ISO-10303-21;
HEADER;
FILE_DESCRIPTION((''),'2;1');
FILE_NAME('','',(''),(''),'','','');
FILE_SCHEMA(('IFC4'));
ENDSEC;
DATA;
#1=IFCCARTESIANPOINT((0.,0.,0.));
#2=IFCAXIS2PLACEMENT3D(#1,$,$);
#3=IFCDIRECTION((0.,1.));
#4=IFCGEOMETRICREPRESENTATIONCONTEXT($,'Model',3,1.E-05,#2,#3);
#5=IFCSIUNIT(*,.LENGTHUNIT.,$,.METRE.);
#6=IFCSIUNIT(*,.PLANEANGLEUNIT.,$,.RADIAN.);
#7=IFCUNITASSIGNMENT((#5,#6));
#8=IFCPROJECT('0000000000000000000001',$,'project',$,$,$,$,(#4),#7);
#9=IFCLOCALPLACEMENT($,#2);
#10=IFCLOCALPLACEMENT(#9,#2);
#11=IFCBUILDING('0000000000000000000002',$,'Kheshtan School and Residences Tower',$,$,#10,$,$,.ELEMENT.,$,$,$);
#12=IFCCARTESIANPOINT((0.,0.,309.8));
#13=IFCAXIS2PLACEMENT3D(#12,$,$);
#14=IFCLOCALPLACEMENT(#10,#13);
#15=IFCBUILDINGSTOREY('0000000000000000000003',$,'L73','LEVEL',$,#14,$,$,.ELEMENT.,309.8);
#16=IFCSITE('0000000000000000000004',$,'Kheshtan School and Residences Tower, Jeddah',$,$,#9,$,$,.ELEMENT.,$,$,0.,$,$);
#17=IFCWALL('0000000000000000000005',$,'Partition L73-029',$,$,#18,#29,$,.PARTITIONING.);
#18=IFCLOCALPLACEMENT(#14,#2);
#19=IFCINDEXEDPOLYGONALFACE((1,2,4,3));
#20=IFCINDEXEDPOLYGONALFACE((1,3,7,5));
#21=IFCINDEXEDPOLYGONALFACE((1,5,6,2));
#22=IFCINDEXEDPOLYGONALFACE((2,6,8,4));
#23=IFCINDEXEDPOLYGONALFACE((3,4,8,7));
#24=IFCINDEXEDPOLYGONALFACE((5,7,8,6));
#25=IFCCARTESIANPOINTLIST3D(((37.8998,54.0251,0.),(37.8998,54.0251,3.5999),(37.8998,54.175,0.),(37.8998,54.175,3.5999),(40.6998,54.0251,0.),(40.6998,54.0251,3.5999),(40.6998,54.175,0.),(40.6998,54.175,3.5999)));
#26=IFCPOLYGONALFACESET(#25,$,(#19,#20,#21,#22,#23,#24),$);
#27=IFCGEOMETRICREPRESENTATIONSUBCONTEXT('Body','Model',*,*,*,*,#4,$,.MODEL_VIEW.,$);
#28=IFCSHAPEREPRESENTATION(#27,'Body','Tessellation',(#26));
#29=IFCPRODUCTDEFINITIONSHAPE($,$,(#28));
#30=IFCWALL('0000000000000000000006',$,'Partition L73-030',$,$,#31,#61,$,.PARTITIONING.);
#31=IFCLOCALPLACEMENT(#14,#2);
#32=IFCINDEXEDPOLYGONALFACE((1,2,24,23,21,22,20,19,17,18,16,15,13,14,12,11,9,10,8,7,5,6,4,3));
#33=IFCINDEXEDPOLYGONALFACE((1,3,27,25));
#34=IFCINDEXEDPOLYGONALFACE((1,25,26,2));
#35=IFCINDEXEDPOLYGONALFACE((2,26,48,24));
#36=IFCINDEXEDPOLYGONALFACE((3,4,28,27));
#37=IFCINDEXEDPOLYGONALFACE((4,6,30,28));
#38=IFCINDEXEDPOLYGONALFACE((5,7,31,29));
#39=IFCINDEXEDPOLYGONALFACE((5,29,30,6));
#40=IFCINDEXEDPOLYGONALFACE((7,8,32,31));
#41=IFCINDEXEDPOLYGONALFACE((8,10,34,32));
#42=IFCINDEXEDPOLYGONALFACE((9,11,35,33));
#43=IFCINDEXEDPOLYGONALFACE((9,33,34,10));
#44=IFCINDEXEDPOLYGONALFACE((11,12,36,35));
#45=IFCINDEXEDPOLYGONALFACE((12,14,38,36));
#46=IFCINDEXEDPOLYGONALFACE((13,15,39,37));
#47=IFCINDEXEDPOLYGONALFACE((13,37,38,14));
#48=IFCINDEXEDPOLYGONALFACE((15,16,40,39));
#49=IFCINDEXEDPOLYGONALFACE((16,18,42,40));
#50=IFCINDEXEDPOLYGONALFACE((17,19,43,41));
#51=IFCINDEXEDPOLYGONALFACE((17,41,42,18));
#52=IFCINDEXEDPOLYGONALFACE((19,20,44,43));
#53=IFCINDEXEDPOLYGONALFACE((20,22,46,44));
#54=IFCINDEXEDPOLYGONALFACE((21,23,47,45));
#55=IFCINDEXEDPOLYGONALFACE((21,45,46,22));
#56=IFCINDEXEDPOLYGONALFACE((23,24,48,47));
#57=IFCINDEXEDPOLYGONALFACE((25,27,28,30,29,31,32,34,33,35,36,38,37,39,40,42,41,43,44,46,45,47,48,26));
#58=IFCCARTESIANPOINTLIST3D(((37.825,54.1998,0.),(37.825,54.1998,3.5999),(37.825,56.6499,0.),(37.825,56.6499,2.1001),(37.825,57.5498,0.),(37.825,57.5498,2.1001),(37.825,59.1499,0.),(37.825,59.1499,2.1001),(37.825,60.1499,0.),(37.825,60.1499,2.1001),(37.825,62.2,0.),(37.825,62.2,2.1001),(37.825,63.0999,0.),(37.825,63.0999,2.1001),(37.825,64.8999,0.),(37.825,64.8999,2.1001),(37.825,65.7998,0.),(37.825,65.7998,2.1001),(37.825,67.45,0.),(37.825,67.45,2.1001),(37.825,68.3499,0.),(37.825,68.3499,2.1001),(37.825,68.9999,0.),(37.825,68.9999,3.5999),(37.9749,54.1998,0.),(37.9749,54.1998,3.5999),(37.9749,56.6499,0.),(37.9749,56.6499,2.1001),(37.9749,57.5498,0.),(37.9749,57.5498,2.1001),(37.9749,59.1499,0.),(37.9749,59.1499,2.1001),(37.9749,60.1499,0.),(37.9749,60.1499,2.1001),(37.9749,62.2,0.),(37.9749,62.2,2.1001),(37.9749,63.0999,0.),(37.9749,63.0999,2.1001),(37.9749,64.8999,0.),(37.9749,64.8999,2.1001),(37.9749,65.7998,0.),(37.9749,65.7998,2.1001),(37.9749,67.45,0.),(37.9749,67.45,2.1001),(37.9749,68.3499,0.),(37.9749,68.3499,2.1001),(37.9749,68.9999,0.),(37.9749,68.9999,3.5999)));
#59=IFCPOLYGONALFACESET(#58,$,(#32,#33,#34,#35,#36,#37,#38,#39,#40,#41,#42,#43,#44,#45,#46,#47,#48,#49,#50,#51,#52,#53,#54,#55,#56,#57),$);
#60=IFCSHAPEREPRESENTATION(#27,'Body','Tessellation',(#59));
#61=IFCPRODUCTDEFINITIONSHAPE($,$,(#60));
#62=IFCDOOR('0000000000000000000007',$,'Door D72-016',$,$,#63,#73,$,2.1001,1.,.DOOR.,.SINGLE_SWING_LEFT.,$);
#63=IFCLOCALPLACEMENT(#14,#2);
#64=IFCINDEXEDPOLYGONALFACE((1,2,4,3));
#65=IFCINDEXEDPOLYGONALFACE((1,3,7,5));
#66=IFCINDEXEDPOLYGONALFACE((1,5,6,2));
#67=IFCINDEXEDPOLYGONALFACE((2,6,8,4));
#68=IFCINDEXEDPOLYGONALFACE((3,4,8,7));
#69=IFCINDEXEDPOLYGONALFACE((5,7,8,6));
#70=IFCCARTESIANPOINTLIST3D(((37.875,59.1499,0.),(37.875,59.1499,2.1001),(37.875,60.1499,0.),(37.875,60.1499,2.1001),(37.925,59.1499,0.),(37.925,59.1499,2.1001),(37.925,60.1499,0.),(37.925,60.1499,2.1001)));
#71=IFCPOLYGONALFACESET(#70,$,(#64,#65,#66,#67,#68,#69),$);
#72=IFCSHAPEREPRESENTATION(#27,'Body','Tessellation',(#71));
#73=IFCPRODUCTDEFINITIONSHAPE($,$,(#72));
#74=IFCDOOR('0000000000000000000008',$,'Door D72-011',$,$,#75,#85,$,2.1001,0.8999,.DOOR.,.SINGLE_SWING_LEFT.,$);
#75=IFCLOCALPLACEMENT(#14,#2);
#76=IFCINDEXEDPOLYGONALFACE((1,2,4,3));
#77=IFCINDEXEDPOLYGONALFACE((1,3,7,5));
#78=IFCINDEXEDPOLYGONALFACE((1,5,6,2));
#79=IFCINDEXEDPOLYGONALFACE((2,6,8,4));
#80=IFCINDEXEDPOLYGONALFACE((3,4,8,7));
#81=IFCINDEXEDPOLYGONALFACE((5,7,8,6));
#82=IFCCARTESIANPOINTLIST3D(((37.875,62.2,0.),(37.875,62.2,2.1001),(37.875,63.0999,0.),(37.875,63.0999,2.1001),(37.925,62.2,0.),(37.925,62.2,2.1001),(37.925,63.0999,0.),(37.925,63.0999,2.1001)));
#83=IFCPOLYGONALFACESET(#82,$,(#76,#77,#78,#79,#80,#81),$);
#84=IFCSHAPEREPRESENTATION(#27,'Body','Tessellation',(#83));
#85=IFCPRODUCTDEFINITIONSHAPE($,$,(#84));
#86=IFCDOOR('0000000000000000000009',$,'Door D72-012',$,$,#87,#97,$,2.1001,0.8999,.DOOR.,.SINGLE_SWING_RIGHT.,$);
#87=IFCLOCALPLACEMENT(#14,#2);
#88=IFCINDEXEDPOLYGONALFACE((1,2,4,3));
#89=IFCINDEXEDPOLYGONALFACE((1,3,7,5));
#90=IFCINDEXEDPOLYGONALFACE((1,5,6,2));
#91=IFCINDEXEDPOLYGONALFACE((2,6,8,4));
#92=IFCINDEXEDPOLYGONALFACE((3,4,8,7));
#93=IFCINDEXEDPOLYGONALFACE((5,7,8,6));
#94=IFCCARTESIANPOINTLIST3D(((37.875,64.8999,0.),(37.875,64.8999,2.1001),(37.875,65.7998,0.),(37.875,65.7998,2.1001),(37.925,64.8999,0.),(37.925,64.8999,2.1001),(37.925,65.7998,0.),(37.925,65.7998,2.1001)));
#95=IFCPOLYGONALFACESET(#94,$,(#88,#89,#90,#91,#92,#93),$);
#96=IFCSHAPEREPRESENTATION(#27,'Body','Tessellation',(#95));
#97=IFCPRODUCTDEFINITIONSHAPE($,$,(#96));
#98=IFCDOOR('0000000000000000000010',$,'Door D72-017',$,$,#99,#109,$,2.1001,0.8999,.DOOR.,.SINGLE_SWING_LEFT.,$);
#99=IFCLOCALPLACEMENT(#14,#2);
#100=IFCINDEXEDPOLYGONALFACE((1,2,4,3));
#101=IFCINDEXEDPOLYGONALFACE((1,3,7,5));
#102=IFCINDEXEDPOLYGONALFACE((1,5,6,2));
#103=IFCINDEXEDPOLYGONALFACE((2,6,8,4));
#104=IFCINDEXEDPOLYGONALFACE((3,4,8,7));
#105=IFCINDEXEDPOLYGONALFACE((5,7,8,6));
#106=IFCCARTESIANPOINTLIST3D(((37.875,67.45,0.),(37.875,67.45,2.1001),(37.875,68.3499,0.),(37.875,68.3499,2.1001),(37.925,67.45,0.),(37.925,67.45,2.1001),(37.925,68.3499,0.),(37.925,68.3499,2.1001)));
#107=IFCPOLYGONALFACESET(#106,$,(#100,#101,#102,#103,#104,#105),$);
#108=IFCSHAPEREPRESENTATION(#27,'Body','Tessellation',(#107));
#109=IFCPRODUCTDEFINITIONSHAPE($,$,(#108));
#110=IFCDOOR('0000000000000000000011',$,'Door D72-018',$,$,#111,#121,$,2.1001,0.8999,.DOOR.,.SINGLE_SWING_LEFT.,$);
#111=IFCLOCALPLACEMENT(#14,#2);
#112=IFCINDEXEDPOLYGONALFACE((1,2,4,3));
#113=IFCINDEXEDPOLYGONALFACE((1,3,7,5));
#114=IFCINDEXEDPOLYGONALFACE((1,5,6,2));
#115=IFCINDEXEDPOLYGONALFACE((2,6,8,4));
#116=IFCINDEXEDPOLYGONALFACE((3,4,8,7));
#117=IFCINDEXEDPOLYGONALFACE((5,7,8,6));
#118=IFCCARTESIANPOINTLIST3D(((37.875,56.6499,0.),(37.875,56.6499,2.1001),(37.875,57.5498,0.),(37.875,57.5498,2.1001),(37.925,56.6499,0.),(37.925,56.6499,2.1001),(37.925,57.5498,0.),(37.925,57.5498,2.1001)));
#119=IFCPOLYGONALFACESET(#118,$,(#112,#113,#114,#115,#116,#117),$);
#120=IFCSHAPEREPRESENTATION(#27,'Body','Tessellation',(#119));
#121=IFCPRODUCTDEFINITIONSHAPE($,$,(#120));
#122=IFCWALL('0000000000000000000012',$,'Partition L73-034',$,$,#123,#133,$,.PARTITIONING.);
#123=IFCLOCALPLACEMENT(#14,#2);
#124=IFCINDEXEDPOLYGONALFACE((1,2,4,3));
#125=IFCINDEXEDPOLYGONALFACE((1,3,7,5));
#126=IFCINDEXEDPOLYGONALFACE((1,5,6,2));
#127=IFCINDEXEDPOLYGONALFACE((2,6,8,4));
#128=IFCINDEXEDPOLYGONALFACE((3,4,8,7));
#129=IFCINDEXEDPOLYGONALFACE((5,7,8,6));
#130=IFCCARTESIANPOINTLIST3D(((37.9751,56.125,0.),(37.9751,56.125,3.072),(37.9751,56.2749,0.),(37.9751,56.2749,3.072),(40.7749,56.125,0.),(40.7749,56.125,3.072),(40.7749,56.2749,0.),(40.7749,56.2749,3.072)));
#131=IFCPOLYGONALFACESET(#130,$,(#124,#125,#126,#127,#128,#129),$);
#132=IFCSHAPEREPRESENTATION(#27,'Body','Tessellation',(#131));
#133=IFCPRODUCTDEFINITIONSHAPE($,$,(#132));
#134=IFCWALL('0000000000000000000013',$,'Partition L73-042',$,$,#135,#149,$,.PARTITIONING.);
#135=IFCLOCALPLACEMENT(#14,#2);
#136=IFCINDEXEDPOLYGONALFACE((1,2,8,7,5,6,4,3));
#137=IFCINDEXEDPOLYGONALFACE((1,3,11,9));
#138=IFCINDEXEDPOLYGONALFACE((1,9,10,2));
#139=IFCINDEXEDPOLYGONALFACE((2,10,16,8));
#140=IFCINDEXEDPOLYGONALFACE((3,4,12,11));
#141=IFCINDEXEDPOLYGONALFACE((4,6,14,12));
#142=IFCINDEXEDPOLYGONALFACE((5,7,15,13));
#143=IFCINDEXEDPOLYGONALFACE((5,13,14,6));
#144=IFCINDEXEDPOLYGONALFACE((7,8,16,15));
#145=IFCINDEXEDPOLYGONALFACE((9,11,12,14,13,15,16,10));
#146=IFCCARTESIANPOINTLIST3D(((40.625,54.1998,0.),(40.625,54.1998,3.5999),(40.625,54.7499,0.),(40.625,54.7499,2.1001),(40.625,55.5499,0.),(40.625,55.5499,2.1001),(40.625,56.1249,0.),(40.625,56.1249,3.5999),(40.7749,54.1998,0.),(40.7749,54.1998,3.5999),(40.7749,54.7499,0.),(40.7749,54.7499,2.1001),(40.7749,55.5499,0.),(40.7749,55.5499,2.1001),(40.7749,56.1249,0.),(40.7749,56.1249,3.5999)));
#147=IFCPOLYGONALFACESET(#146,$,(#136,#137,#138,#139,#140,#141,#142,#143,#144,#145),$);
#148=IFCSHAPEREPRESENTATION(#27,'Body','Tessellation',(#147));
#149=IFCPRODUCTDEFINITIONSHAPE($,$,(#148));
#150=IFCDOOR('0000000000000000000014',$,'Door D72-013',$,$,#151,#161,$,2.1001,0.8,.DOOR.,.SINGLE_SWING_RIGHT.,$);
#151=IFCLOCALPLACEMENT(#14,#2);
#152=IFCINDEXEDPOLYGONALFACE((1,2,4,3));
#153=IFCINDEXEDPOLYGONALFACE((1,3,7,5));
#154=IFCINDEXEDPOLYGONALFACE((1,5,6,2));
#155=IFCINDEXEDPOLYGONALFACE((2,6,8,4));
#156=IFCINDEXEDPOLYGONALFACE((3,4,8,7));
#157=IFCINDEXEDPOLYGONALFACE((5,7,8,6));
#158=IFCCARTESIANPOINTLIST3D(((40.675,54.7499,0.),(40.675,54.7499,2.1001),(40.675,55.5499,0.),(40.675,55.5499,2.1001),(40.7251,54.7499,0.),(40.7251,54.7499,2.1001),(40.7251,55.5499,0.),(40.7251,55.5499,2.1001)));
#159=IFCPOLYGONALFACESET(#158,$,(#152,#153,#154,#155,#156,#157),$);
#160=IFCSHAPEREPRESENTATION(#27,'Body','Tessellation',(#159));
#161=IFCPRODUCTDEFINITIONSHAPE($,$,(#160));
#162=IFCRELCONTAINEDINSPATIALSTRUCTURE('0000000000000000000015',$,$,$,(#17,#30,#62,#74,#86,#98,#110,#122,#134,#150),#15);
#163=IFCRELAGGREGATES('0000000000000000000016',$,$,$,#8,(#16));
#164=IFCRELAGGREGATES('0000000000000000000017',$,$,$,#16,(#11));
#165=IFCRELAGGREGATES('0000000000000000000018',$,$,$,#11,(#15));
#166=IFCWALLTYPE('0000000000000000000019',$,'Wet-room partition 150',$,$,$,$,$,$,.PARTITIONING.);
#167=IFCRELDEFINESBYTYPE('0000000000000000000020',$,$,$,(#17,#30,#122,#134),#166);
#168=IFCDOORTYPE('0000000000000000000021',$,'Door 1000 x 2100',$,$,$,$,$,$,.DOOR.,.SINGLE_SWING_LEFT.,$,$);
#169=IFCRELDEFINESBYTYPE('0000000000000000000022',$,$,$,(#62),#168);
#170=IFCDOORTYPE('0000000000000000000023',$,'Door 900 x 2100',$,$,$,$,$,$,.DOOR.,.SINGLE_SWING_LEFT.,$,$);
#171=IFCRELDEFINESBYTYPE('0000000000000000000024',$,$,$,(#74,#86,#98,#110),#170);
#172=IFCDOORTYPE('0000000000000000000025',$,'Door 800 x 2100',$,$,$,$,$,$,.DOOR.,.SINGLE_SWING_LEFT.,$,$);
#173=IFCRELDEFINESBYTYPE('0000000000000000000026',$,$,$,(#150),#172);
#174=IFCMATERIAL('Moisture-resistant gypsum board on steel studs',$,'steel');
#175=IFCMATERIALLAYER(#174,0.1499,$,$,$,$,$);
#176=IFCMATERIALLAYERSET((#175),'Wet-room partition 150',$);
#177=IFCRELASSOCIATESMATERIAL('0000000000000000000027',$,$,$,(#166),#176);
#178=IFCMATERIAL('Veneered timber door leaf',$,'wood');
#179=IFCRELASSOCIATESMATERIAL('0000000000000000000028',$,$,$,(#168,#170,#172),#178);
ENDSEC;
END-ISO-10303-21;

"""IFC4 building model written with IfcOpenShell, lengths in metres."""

from ifc_helpers import new_model, si_unit, direction, frame, frame_2d, origin, place, context, subcontext, project, spatial, rectangle, extrude, source, transform, mapped, material, layer, layer_set, type_object, element, fill, save


model = new_model("IFC4")

# Units and contexts
model_context = context("Model", 3, precision=1e-05, world=origin(), true_north=direction((0.0, 1.0)))
body_context = subcontext(model_context, "Body", "Model", "MODEL_VIEW")
ifc_project = project(units=[si_unit("LENGTHUNIT", "METRE"), si_unit("PLANEANGLEUNIT", "RADIAN")], contexts=[model_context])

# Site, building, storey
site_placement = place(None, origin())
site = spatial("IfcSite", under=ifc_project, at=site_placement, Name="Kheshtan School and Residences Tower, Jeddah", CompositionType="ELEMENT", RefElevation=0.0)
building_placement = place(site_placement, origin())
building = spatial("IfcBuilding", under=site, at=building_placement, Name="Kheshtan School and Residences Tower", CompositionType="ELEMENT")
storey_placement = place(building_placement, frame((0.0, 0.0, 309.8)))
storey = spatial("IfcBuildingStorey", under=building, at=storey_placement, Name="L73", Description="LEVEL", CompositionType="ELEMENT", Elevation=309.8)

# Wall
ifc_material_1 = material(Name="Moisture-resistant gypsum board on steel studs", Category="steel")
ifc_layer_1 = layer(ifc_material_1, 0.1499)
ifc_layer_set_1 = layer_set([ifc_layer_1], Name="Wet-room partition 150")
wall_type_1 = type_object("IfcWallType", Name="Wet-room partition 150", PredefinedType="PARTITIONING", material=ifc_layer_set_1)
wall_1_placement = place(storey_placement, frame((37.8999, 54.1001, 0.0), z_axis=(0.0, 0.0, 1.0), x_axis=(1.0, 0.0, 0.0)))
element("IfcWall", 1, at=wall_1_placement, inside=storey, type_object=wall_type_1, Name="Partition L73-029", PredefinedType="PARTITIONING", context=body_context, shape_type="SweptSolid", body=[
    extrude(rectangle(XDim=2.8, YDim=0.1499, at=frame_2d((1.3999, 0.0))), origin(), (0.0, 0.0, 1.0), 3.5999),
])

# Wall, openings, doors
wall_2_placement = place(storey_placement, frame((37.8999, 54.2, 0.0), z_axis=(0.0, 0.0, 1.0), x_axis=(0.0, 1.0, 0.0)))
wall_2 = element("IfcWall", 2, at=wall_2_placement, inside=storey, type_object=wall_type_1, Name="Partition L73-030", PredefinedType="PARTITIONING", context=body_context, shape_type="SweptSolid", body=[
    extrude(rectangle(XDim=14.8, YDim=0.1499, at=frame_2d((7.3999, 0.0))), origin(), (0.0, 0.0, 1.0), 3.5999),
])
opening_1_placement = place(wall_2_placement, frame((8.0, 0.0, 0.0)))
opening_1 = element("IfcOpeningElement", 3, at=opening_1_placement, cuts=wall_2, PredefinedType="OPENING", context=body_context, shape_type="SweptSolid", body=[
    extrude(rectangle(XDim=0.8999, YDim=2.1001, at=frame_2d((0.45, 1.05))), frame((0.0, 0.085, 0.0), z_axis=(0.0, -1.0, 0.0), x_axis=(1.0, 0.0, 0.0)), (0.0, 0.0, 1.0), 0.1699),
])
opening_2_placement = place(wall_2_placement, frame((10.7, 0.0, 0.0)))
opening_2 = element("IfcOpeningElement", 4, at=opening_2_placement, cuts=wall_2, PredefinedType="OPENING", context=body_context, shape_type="SweptSolid", body=[
    extrude(rectangle(XDim=0.8999, YDim=2.1001, at=frame_2d((0.45, 1.05))), frame((0.0, 0.085, 0.0), z_axis=(0.0, -1.0, 0.0), x_axis=(1.0, 0.0, 0.0)), (0.0, 0.0, 1.0), 0.1699),
])
opening_3_placement = place(wall_2_placement, frame((4.95, 0.0, 0.0)))
opening_3 = element("IfcOpeningElement", 5, at=opening_3_placement, cuts=wall_2, PredefinedType="OPENING", context=body_context, shape_type="SweptSolid", body=[
    extrude(rectangle(XDim=1.0, YDim=2.1001, at=frame_2d((0.5, 1.05))), frame((0.0, 0.085, 0.0), z_axis=(0.0, -1.0, 0.0), x_axis=(1.0, 0.0, 0.0)), (0.0, 0.0, 1.0), 0.1699),
])
opening_4_placement = place(wall_2_placement, frame((13.25, 0.0, 0.0)))
opening_4 = element("IfcOpeningElement", 6, at=opening_4_placement, cuts=wall_2, PredefinedType="OPENING", context=body_context, shape_type="SweptSolid", body=[
    extrude(rectangle(XDim=0.8999, YDim=2.1001, at=frame_2d((0.45, 1.05))), frame((0.0, 0.085, 0.0), z_axis=(0.0, -1.0, 0.0), x_axis=(1.0, 0.0, 0.0)), (0.0, 0.0, 1.0), 0.1699),
])
opening_5_placement = place(wall_2_placement, frame((2.45, 0.0, 0.0)))
opening_5 = element("IfcOpeningElement", 7, at=opening_5_placement, cuts=wall_2, PredefinedType="OPENING", context=body_context, shape_type="SweptSolid", body=[
    extrude(rectangle(XDim=0.8999, YDim=2.1001, at=frame_2d((0.45, 1.05))), frame((0.0, 0.085, 0.0), z_axis=(0.0, -1.0, 0.0), x_axis=(1.0, 0.0, 0.0)), (0.0, 0.0, 1.0), 0.1699),
])
ifc_material_2 = material(Name="Veneered timber door leaf", Category="wood")
door_type_1 = type_object("IfcDoorType", Name="Door 1000 x 2100", OperationType="SINGLE_SWING_LEFT", PredefinedType="DOOR", material=ifc_material_2)
shared_shape_1 = source(origin(), body_context, "Body", "SweptSolid", [
    extrude(rectangle(XDim=1.0, YDim=2.1001, at=frame_2d((0.5, 1.05))), frame((0.0, 0.0249, 0.0), z_axis=(0.0, -1.0, 0.0), x_axis=(1.0, 0.0, 0.0)), (0.0, 0.0, 1.0), 0.05),
])
door_1_placement = place(opening_3_placement, origin())
door_1 = element("IfcDoor", 8, at=door_1_placement, inside=storey, type_object=door_type_1, Name="Door D72-016", OperationType="SINGLE_SWING_LEFT", OverallHeight=2.1001, OverallWidth=1.0, PredefinedType="DOOR", context=body_context, shape_type="MappedRepresentation", body=[
    mapped(shared_shape_1, transform((0.0, 0.0, 0.0), x_axis=(1.0, 0.0, 0.0), y_axis=(0.0, 1.0, 0.0), z_axis=(0.0, 0.0, 1.0), scale=1.0)),
])
fill(opening_3, door_1)
door_type_2 = type_object("IfcDoorType", Name="Door 900 x 2100", OperationType="SINGLE_SWING_LEFT", PredefinedType="DOOR", material=ifc_material_2)
shared_shape_2 = source(origin(), body_context, "Body", "SweptSolid", [
    extrude(rectangle(XDim=0.8999, YDim=2.1001, at=frame_2d((0.45, 1.05))), frame((0.0, 0.0249, 0.0), z_axis=(0.0, -1.0, 0.0), x_axis=(1.0, 0.0, 0.0)), (0.0, 0.0, 1.0), 0.05),
])
door_2_placement = place(opening_1_placement, origin())
door_2 = element("IfcDoor", 9, at=door_2_placement, inside=storey, type_object=door_type_2, Name="Door D72-011", OperationType="SINGLE_SWING_LEFT", OverallHeight=2.1001, OverallWidth=0.8999, PredefinedType="DOOR", context=body_context, shape_type="MappedRepresentation", body=[
    mapped(shared_shape_2, transform((0.0, 0.0, 0.0), x_axis=(1.0, 0.0, 0.0), y_axis=(0.0, 1.0, 0.0), z_axis=(0.0, 0.0, 1.0), scale=1.0)),
])
fill(opening_1, door_2)
door_3_placement = place(opening_2_placement, origin())
door_3 = element("IfcDoor", 10, at=door_3_placement, inside=storey, type_object=door_type_2, Name="Door D72-012", OperationType="SINGLE_SWING_RIGHT", OverallHeight=2.1001, OverallWidth=0.8999, PredefinedType="DOOR", context=body_context, shape_type="MappedRepresentation", body=[
    mapped(shared_shape_2, transform((0.0, 0.0, 0.0), x_axis=(1.0, 0.0, 0.0), y_axis=(0.0, 1.0, 0.0), z_axis=(0.0, 0.0, 1.0), scale=1.0)),
])
fill(opening_2, door_3)
door_4_placement = place(opening_4_placement, origin())
door_4 = element("IfcDoor", 11, at=door_4_placement, inside=storey, type_object=door_type_2, Name="Door D72-017", OperationType="SINGLE_SWING_LEFT", OverallHeight=2.1001, OverallWidth=0.8999, PredefinedType="DOOR", context=body_context, shape_type="MappedRepresentation", body=[
    mapped(shared_shape_2, transform((0.0, 0.0, 0.0), x_axis=(1.0, 0.0, 0.0), y_axis=(0.0, 1.0, 0.0), z_axis=(0.0, 0.0, 1.0), scale=1.0)),
])
fill(opening_4, door_4)
door_5_placement = place(opening_5_placement, origin())
door_5 = element("IfcDoor", 12, at=door_5_placement, inside=storey, type_object=door_type_2, Name="Door D72-018", OperationType="SINGLE_SWING_LEFT", OverallHeight=2.1001, OverallWidth=0.8999, PredefinedType="DOOR", context=body_context, shape_type="MappedRepresentation", body=[
    mapped(shared_shape_2, transform((0.0, 0.0, 0.0), x_axis=(1.0, 0.0, 0.0), y_axis=(0.0, 1.0, 0.0), z_axis=(0.0, 0.0, 1.0), scale=1.0)),
])
fill(opening_5, door_5)

# Wall
wall_3_placement = place(storey_placement, frame((37.9751, 56.2, 0.0), z_axis=(0.0, 0.0, 1.0), x_axis=(1.0, 0.0, 0.0)))
element("IfcWall", 13, at=wall_3_placement, inside=storey, type_object=wall_type_1, Name="Partition L73-034", PredefinedType="PARTITIONING", context=body_context, shape_type="SweptSolid", body=[
    extrude(rectangle(XDim=2.7998, YDim=0.1499, at=frame_2d((1.3999, 0.0))), origin(), (0.0, 0.0, 1.0), 3.072),
])

# Wall, opening, door
wall_4_placement = place(storey_placement, frame((40.7, 54.2, 0.0), z_axis=(0.0, 0.0, 1.0), x_axis=(0.0, 1.0, 0.0)))
wall_4 = element("IfcWall", 14, at=wall_4_placement, inside=storey, type_object=wall_type_1, Name="Partition L73-042", PredefinedType="PARTITIONING", context=body_context, shape_type="SweptSolid", body=[
    extrude(rectangle(XDim=1.925, YDim=0.1499, at=frame_2d((0.9624, 0.0))), origin(), (0.0, 0.0, 1.0), 3.5999),
])
opening_6_placement = place(wall_4_placement, frame((0.55, 0.0, 0.0)))
opening_6 = element("IfcOpeningElement", 15, at=opening_6_placement, cuts=wall_4, PredefinedType="OPENING", context=body_context, shape_type="SweptSolid", body=[
    extrude(rectangle(XDim=0.8, YDim=2.1001, at=frame_2d((0.3999, 1.05))), frame((0.0, 0.085, 0.0), z_axis=(0.0, -1.0, 0.0), x_axis=(1.0, 0.0, 0.0)), (0.0, 0.0, 1.0), 0.1699),
])
door_type_3 = type_object("IfcDoorType", Name="Door 800 x 2100", OperationType="SINGLE_SWING_LEFT", PredefinedType="DOOR", material=ifc_material_2)
shared_shape_3 = source(origin(), body_context, "Body", "SweptSolid", [
    extrude(rectangle(XDim=0.8, YDim=2.1001, at=frame_2d((0.3999, 1.05))), frame((0.0, 0.0249, 0.0), z_axis=(0.0, -1.0, 0.0), x_axis=(1.0, 0.0, 0.0)), (0.0, 0.0, 1.0), 0.05),
])
door_6_placement = place(opening_6_placement, origin())
door_6 = element("IfcDoor", 16, at=door_6_placement, inside=storey, type_object=door_type_3, Name="Door D72-013", OperationType="SINGLE_SWING_RIGHT", OverallHeight=2.1001, OverallWidth=0.8, PredefinedType="DOOR", context=body_context, shape_type="MappedRepresentation", body=[
    mapped(shared_shape_3, transform((0.0, 0.0, 0.0), x_axis=(1.0, 0.0, 0.0), y_axis=(0.0, 1.0, 0.0), z_axis=(0.0, 0.0, 1.0), scale=1.0)),
])
fill(opening_6, door_6)

save(model, "model.ifc")
